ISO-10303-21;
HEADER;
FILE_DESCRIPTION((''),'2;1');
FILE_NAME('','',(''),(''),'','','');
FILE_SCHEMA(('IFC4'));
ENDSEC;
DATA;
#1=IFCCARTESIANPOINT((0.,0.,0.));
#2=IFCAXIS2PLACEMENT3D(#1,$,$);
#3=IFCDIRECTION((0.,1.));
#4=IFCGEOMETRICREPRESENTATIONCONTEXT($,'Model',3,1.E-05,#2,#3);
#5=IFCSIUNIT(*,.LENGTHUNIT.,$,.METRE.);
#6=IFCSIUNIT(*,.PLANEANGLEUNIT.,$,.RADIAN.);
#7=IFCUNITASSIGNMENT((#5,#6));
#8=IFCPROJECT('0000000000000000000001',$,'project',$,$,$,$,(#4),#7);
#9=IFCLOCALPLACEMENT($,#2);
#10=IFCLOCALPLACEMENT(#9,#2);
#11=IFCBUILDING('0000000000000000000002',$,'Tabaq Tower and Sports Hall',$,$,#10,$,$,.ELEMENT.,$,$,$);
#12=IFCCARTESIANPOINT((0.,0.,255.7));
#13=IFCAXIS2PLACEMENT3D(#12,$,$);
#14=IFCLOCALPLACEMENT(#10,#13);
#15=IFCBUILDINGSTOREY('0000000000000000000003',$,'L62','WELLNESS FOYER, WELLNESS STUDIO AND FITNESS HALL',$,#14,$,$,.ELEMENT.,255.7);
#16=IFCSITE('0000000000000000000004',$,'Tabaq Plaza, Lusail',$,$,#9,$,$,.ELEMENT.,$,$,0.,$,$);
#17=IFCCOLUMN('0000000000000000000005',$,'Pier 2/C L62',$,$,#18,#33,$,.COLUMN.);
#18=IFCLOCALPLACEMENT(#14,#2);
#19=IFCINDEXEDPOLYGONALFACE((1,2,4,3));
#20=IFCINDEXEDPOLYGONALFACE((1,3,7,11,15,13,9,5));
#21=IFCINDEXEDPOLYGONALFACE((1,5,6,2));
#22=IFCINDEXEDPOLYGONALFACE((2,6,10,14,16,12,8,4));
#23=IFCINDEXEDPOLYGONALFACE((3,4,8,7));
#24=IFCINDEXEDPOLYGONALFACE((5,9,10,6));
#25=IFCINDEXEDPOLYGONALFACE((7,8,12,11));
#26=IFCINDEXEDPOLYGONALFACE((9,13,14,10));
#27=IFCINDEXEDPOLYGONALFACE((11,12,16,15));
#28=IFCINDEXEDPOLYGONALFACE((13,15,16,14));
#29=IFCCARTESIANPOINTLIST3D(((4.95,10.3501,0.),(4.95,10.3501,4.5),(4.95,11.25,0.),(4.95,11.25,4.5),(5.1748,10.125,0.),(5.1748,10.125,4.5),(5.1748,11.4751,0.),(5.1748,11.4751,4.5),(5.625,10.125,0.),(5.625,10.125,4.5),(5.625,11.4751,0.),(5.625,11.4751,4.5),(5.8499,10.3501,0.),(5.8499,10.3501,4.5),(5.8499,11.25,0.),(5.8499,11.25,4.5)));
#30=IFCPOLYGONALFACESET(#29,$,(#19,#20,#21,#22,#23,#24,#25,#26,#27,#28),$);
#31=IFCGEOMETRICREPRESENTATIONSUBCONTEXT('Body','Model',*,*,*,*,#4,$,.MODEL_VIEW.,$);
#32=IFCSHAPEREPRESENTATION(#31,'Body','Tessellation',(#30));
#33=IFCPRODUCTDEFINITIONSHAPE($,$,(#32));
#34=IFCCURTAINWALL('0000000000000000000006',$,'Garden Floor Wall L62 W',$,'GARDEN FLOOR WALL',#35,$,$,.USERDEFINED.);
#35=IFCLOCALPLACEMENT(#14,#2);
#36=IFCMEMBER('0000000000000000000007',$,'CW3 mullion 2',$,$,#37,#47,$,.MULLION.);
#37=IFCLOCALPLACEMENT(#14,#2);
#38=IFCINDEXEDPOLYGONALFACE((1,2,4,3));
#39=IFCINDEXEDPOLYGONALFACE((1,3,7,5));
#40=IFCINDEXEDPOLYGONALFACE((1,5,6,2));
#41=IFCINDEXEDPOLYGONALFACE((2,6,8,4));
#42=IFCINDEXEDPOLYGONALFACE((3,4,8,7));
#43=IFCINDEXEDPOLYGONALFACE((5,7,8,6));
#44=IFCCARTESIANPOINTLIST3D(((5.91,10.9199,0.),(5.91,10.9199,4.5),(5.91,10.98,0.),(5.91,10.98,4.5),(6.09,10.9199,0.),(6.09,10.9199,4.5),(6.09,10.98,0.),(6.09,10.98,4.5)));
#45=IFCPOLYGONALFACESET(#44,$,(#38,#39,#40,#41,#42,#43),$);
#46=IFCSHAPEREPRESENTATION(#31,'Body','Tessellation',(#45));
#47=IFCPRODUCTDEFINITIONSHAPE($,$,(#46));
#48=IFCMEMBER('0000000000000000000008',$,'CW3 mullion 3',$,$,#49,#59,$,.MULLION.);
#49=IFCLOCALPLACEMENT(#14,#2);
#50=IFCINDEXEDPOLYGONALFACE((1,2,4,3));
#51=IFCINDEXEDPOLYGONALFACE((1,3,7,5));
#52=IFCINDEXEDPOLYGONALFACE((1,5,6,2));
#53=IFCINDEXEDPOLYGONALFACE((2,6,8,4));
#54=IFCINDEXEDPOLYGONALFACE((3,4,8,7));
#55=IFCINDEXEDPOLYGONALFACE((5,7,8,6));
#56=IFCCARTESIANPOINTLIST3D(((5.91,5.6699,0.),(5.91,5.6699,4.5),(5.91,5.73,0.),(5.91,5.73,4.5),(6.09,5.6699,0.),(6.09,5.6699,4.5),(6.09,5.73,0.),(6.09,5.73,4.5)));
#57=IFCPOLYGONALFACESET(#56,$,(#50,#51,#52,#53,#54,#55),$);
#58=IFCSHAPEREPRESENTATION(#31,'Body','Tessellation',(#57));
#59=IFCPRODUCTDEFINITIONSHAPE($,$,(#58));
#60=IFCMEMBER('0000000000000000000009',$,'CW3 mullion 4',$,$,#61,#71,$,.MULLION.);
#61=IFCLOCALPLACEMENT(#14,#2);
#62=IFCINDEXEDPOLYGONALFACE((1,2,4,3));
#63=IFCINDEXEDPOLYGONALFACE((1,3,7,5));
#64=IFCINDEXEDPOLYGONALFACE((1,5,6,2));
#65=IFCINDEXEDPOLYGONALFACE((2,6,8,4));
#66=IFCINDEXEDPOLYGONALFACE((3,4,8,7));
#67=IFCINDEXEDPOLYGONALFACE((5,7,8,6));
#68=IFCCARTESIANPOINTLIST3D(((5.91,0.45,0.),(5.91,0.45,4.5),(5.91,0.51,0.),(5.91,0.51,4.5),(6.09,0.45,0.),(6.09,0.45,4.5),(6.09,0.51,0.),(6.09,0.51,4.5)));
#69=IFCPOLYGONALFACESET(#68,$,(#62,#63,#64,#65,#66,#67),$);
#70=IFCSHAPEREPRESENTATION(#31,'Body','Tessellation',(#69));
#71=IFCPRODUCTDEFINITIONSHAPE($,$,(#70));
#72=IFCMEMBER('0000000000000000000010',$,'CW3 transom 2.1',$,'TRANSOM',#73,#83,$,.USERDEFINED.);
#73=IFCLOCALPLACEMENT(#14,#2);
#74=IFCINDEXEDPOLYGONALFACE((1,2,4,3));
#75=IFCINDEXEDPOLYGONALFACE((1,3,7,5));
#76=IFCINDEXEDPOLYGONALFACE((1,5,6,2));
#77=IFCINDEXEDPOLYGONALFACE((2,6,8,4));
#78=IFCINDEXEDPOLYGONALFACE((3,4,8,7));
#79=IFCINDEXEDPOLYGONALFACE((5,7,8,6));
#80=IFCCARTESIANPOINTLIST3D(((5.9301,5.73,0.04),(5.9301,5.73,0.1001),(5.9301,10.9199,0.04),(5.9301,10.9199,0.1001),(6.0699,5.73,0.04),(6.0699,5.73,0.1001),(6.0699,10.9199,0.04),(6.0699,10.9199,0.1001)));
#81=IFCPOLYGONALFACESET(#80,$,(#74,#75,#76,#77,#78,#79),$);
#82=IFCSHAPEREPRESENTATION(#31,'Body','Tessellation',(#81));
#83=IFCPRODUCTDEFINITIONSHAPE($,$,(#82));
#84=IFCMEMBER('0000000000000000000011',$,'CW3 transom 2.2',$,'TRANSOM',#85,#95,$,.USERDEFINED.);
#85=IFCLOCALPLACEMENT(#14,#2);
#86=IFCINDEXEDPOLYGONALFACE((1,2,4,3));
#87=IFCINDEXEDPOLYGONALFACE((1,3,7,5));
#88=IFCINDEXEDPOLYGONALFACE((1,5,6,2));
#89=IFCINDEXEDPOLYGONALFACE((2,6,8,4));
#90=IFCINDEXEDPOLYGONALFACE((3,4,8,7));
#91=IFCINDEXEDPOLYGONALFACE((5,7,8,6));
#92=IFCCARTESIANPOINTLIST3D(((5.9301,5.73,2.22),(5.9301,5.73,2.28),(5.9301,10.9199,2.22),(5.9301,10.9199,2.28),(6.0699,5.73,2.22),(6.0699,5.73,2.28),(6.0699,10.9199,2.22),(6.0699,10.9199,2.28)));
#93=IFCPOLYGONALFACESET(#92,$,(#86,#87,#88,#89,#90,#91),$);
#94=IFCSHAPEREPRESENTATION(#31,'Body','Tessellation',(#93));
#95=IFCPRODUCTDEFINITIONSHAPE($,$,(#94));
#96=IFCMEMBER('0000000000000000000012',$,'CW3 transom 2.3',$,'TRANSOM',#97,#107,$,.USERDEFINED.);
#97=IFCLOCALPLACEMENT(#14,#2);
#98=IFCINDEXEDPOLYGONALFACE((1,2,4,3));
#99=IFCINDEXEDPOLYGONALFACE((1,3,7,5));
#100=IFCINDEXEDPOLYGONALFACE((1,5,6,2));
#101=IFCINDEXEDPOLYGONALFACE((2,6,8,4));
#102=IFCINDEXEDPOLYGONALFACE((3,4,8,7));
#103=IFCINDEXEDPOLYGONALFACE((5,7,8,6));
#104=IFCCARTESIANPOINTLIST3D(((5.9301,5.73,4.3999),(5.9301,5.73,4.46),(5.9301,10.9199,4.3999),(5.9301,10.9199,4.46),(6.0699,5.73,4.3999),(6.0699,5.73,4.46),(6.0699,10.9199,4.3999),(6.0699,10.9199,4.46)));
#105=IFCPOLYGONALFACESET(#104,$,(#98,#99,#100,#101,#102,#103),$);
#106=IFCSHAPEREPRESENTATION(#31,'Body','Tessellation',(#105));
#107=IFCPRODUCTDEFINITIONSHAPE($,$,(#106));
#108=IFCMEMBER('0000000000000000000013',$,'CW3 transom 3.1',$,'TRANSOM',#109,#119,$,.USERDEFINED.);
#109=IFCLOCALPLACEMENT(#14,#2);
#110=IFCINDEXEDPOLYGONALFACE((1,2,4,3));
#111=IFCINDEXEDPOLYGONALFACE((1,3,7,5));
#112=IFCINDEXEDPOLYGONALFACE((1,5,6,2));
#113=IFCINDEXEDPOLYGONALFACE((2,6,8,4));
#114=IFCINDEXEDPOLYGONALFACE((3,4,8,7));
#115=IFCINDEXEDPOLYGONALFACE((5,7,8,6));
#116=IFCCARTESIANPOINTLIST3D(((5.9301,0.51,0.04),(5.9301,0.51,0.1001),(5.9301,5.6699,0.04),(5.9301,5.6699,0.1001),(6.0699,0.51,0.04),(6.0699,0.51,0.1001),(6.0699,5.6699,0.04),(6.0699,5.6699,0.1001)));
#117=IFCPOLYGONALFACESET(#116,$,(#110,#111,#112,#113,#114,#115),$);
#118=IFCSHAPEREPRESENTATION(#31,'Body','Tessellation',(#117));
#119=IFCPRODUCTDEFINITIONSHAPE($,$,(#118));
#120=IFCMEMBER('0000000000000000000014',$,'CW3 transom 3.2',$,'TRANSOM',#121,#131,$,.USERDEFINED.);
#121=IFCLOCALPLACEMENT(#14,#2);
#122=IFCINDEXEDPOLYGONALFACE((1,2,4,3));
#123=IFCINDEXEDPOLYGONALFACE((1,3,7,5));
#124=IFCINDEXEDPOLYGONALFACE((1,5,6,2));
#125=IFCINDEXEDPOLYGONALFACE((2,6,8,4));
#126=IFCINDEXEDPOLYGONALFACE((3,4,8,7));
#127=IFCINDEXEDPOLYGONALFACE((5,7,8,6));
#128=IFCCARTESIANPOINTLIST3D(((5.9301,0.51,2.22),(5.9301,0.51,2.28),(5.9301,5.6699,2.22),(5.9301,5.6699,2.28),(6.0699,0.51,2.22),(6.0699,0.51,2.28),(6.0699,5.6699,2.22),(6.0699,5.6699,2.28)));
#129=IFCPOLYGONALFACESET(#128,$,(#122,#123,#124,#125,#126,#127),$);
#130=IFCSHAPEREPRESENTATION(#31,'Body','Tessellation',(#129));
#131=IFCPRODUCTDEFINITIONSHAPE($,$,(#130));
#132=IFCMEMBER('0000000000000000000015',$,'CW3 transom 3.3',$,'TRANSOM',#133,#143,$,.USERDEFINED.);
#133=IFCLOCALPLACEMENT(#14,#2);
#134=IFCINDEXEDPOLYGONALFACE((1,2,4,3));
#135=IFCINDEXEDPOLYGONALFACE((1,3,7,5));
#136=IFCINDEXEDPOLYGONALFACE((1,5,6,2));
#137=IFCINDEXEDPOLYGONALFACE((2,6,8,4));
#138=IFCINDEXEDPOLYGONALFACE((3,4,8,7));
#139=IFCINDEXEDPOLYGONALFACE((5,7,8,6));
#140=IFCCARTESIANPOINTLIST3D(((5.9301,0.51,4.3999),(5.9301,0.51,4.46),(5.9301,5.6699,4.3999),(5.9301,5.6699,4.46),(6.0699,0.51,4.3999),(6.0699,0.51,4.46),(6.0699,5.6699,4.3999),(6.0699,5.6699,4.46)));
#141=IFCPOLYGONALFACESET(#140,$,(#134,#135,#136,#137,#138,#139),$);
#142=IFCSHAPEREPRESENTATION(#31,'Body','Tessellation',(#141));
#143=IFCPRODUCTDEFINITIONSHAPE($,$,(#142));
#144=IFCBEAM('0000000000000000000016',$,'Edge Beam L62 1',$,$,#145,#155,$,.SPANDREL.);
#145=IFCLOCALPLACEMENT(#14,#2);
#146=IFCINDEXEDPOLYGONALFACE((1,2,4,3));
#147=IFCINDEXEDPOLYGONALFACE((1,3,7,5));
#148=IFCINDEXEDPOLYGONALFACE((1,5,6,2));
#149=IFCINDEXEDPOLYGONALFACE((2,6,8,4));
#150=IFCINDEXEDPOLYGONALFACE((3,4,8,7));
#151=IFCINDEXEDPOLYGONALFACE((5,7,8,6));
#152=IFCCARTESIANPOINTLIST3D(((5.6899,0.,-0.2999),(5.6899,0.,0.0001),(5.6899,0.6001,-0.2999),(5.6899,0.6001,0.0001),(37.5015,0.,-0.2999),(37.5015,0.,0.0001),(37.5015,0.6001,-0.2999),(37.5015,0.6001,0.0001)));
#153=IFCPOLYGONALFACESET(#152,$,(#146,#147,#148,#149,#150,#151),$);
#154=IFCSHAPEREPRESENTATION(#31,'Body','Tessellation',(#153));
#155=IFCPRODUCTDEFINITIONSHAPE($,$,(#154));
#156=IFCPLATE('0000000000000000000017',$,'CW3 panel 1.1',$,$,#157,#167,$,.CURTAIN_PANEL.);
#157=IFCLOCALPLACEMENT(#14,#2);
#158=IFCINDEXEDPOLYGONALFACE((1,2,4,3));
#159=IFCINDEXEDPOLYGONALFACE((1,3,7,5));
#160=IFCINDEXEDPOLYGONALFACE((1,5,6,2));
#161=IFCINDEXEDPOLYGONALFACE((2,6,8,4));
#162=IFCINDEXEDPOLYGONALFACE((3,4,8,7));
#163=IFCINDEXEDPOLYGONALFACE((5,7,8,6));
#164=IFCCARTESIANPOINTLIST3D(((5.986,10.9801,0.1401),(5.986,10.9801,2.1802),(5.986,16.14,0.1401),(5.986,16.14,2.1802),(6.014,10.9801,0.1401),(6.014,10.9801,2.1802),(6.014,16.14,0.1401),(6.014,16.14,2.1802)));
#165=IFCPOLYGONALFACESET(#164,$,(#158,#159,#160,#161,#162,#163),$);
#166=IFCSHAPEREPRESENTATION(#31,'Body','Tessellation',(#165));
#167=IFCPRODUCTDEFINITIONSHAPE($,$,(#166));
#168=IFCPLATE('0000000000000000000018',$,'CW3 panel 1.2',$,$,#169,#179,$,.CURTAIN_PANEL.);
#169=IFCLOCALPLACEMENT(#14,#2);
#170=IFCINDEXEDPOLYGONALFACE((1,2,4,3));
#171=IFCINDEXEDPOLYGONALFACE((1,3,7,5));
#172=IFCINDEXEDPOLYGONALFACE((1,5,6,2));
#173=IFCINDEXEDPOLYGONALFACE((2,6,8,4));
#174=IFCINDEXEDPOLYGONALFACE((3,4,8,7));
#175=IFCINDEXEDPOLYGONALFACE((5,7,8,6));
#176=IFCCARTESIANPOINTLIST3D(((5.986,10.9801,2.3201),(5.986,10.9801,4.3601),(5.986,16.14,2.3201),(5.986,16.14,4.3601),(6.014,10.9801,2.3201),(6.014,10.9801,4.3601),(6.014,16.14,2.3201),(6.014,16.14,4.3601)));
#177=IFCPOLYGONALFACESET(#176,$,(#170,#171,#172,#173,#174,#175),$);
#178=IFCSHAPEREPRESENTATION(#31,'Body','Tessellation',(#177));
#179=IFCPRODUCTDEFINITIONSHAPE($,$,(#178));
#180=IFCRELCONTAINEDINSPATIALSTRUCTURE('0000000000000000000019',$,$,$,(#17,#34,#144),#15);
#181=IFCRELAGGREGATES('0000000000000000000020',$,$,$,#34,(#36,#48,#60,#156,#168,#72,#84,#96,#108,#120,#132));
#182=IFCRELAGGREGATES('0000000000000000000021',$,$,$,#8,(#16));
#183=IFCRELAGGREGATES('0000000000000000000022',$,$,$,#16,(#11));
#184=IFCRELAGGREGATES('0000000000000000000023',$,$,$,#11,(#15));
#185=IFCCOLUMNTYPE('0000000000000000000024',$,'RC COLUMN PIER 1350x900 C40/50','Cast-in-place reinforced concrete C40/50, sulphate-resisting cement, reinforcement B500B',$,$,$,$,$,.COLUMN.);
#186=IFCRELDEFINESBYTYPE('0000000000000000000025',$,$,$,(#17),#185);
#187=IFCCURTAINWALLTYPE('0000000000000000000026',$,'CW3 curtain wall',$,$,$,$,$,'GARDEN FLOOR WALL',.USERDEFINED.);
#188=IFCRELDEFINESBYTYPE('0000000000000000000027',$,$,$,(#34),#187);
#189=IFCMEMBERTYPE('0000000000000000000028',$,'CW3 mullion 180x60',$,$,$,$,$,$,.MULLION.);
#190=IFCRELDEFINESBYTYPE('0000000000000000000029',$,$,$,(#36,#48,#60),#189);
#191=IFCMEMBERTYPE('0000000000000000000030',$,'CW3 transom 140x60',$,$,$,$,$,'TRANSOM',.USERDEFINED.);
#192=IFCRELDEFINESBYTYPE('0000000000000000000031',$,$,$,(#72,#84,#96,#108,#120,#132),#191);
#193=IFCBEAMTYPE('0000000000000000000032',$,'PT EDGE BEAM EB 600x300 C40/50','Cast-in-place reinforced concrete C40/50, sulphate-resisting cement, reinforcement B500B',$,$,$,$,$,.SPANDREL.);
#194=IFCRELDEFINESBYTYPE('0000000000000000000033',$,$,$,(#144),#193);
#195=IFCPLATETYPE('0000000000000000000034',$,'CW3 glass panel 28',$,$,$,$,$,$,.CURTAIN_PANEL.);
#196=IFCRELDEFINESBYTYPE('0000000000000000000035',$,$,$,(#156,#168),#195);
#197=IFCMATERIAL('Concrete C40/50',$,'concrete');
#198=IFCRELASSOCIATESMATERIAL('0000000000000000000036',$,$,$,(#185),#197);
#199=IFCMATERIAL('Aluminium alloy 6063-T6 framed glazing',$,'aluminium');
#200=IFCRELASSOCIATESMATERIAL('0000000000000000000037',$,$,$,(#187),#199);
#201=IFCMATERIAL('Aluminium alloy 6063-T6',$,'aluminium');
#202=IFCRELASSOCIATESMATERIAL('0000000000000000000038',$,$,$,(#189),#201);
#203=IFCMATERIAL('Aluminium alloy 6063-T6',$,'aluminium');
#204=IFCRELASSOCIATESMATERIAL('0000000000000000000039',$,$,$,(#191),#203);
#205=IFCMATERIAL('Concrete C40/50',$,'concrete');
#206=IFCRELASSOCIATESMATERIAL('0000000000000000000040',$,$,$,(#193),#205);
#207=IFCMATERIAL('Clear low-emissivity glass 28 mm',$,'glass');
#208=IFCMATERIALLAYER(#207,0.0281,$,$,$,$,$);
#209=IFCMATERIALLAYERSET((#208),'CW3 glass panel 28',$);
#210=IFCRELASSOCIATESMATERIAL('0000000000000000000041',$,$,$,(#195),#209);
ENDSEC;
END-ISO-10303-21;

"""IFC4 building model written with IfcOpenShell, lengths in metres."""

from ifc_helpers import new_model, si_unit, direction, frame, origin, origin_2d, place, context, subcontext, project, spatial, polyline, rectangle, outline, extrude, material, layer, layer_set, material_profile, profile_set, type_object, element, aggregate, save


model = new_model("IFC4")

# Units and contexts
model_context = context("Model", 3, precision=1e-05, world=origin(), true_north=direction((0.0, 1.0)))
body_context = subcontext(model_context, "Body", "Model", "MODEL_VIEW")
ifc_project = project(units=[si_unit("LENGTHUNIT", "METRE"), si_unit("PLANEANGLEUNIT", "RADIAN")], contexts=[model_context])

# Site, building, storey
site_placement = place(None, origin())
site = spatial("IfcSite", under=ifc_project, at=site_placement, Name="Tabaq Plaza, Lusail", CompositionType="ELEMENT", RefElevation=0.0)
building_placement = place(site_placement, origin())
building = spatial("IfcBuilding", under=site, at=building_placement, Name="Tabaq Tower and Sports Hall", CompositionType="ELEMENT")
storey_placement = place(building_placement, frame((0.0, 0.0, 255.7)))
storey = spatial("IfcBuildingStorey", under=building, at=storey_placement, Name="L62", Description="WELLNESS FOYER, WELLNESS STUDIO AND FITNESS HALL", CompositionType="ELEMENT", Elevation=255.7)

# Column
ifc_material_1 = material(Name="Concrete C40/50", Category="concrete")
ifc_material_profile_1 = material_profile(ifc_material_1, outline(polyline([(-0.45, -0.45), (0.45, -0.45), (0.675, -0.2251), (0.675, 0.2251), (0.45, 0.45), (-0.45, 0.45), (-0.675, 0.2251), (-0.675, -0.2251), (-0.45, -0.45)])), Name="PIER 1350x900")
ifc_profile_set_1 = profile_set([ifc_material_profile_1], Name="Concrete C40/50")
column_type = type_object("IfcColumnType", Name="RC COLUMN PIER 1350x900 C40/50", Description="Cast-in-place reinforced concrete C40/50, sulphate-resisting cement, reinforcement B500B", PredefinedType="COLUMN", material=ifc_profile_set_1)
column_placement = place(storey_placement, frame((5.3999, 10.8, 0.0), z_axis=(0.0, 0.0, 1.0), x_axis=(0.0, 1.0, 0.0)))
element("IfcColumn", 1, at=column_placement, inside=storey, type_object=column_type, Name="Pier 2/C L62", PredefinedType="COLUMN", context=body_context, shape_type="SweptSolid", body=[
    extrude(outline(polyline([(-0.45, -0.45), (0.45, -0.45), (0.675, -0.2251), (0.675, 0.2251), (0.45, 0.45), (-0.45, 0.45), (-0.675, 0.2251), (-0.675, -0.2251), (-0.45, -0.45)])), origin(), (0.0, 0.0, 1.0), 4.5),
])

# Curtain wall, members
ifc_material_2 = material(Name="Aluminium alloy 6063-T6 framed glazing", Category="aluminium")
curtain_wall_type = type_object("IfcCurtainWallType", Name="CW3 curtain wall", ElementType="GARDEN FLOOR WALL", PredefinedType="USERDEFINED", material=ifc_material_2)
curtain_wall_placement = place(storey_placement, origin())
curtain_wall = element("IfcCurtainWall", 2, at=curtain_wall_placement, inside=storey, type_object=curtain_wall_type, Name="Garden Floor Wall L62 W", ObjectType="GARDEN FLOOR WALL", PredefinedType="USERDEFINED")
ifc_material_3 = material(Name="Aluminium alloy 6063-T6", Category="aluminium")
ifc_material_profile_2 = material_profile(ifc_material_3, rectangle(XDim=0.1799, YDim=0.0601, at=origin_2d()), Name="MULLION 180x60")
ifc_profile_set_2 = profile_set([ifc_material_profile_2], Name="Aluminium alloy 6063-T6")
member_type_1 = type_object("IfcMemberType", Name="CW3 mullion 180x60", PredefinedType="MULLION", material=ifc_profile_set_2)
member_1_placement = place(storey_placement, frame((6.0, 10.95, 0.0), z_axis=(0.0, 0.0, 1.0), x_axis=(1.0, 0.0, 0.0)))
member_1 = element("IfcMember", 3, at=member_1_placement, type_object=member_type_1, Name="CW3 mullion 2", PredefinedType="MULLION", context=body_context, shape_type="SweptSolid", body=[
    extrude(rectangle(XDim=0.1799, YDim=0.0601, at=origin_2d()), origin(), (0.0, 0.0, 1.0), 4.5),
])
member_2_placement = place(storey_placement, frame((6.0, 5.7, 0.0), z_axis=(0.0, 0.0, 1.0), x_axis=(1.0, 0.0, 0.0)))
member_2 = element("IfcMember", 4, at=member_2_placement, type_object=member_type_1, Name="CW3 mullion 3", PredefinedType="MULLION", context=body_context, shape_type="SweptSolid", body=[
    extrude(rectangle(XDim=0.1799, YDim=0.0601, at=origin_2d()), origin(), (0.0, 0.0, 1.0), 4.5),
])
member_3_placement = place(storey_placement, frame((6.0, 0.48, 0.0), z_axis=(0.0, 0.0, 1.0), x_axis=(1.0, 0.0, 0.0)))
member_3 = element("IfcMember", 5, at=member_3_placement, type_object=member_type_1, Name="CW3 mullion 4", PredefinedType="MULLION", context=body_context, shape_type="SweptSolid", body=[
    extrude(rectangle(XDim=0.1799, YDim=0.0601, at=origin_2d()), origin(), (0.0, 0.0, 1.0), 4.5),
])
ifc_material_4 = material(Name="Aluminium alloy 6063-T6", Category="aluminium")
ifc_material_profile_3 = material_profile(ifc_material_4, rectangle(XDim=0.1399, YDim=0.0601, at=origin_2d()), Name="TRANSOM 140x60")
ifc_profile_set_3 = profile_set([ifc_material_profile_3], Name="Aluminium alloy 6063-T6")
member_type_2 = type_object("IfcMemberType", Name="CW3 transom 140x60", ElementType="TRANSOM", PredefinedType="USERDEFINED", material=ifc_profile_set_3)
member_4_placement = place(storey_placement, frame((6.0, 10.9199, 0.0701), z_axis=(0.0, -1.0, 0.0), x_axis=(1.0, 0.0, 0.0)))
member_4 = element("IfcMember", 6, at=member_4_placement, type_object=member_type_2, Name="CW3 transom 2.1", ObjectType="TRANSOM", PredefinedType="USERDEFINED", context=body_context, shape_type="SweptSolid", body=[
    extrude(rectangle(XDim=0.1399, YDim=0.0601, at=origin_2d()), origin(), (0.0, 0.0, 1.0), 5.1899),
])
member_5_placement = place(storey_placement, frame((6.0, 10.9199, 2.25), z_axis=(0.0, -1.0, 0.0), x_axis=(1.0, 0.0, 0.0)))
member_5 = element("IfcMember", 7, at=member_5_placement, type_object=member_type_2, Name="CW3 transom 2.2", ObjectType="TRANSOM", PredefinedType="USERDEFINED", context=body_context, shape_type="SweptSolid", body=[
    extrude(rectangle(XDim=0.1399, YDim=0.0601, at=origin_2d()), origin(), (0.0, 0.0, 1.0), 5.1899),
])
member_6_placement = place(storey_placement, frame((6.0, 10.9199, 4.4299), z_axis=(0.0, -1.0, 0.0), x_axis=(1.0, 0.0, 0.0)))
member_6 = element("IfcMember", 8, at=member_6_placement, type_object=member_type_2, Name="CW3 transom 2.3", ObjectType="TRANSOM", PredefinedType="USERDEFINED", context=body_context, shape_type="SweptSolid", body=[
    extrude(rectangle(XDim=0.1399, YDim=0.0601, at=origin_2d()), origin(), (0.0, 0.0, 1.0), 5.1899),
])
member_7_placement = place(storey_placement, frame((6.0, 5.6699, 0.0701), z_axis=(0.0, -1.0, 0.0), x_axis=(1.0, 0.0, 0.0)))
member_7 = element("IfcMember", 9, at=member_7_placement, type_object=member_type_2, Name="CW3 transom 3.1", ObjectType="TRANSOM", PredefinedType="USERDEFINED", context=body_context, shape_type="SweptSolid", body=[
    extrude(rectangle(XDim=0.1399, YDim=0.0601, at=origin_2d()), origin(), (0.0, 0.0, 1.0), 5.1599),
])
member_8_placement = place(storey_placement, frame((6.0, 5.6699, 2.25), z_axis=(0.0, -1.0, 0.0), x_axis=(1.0, 0.0, 0.0)))
member_8 = element("IfcMember", 10, at=member_8_placement, type_object=member_type_2, Name="CW3 transom 3.2", ObjectType="TRANSOM", PredefinedType="USERDEFINED", context=body_context, shape_type="SweptSolid", body=[
    extrude(rectangle(XDim=0.1399, YDim=0.0601, at=origin_2d()), origin(), (0.0, 0.0, 1.0), 5.1599),
])
member_9_placement = place(storey_placement, frame((6.0, 5.6699, 4.4299), z_axis=(0.0, -1.0, 0.0), x_axis=(1.0, 0.0, 0.0)))
member_9 = element("IfcMember", 11, at=member_9_placement, type_object=member_type_2, Name="CW3 transom 3.3", ObjectType="TRANSOM", PredefinedType="USERDEFINED", context=body_context, shape_type="SweptSolid", body=[
    extrude(rectangle(XDim=0.1399, YDim=0.0601, at=origin_2d()), origin(), (0.0, 0.0, 1.0), 5.1599),
])

# Beam
ifc_material_5 = material(Name="Concrete C40/50", Category="concrete")
ifc_material_profile_4 = material_profile(ifc_material_5, rectangle(XDim=0.6001, YDim=0.3, at=origin_2d()), Name="EB 600x300")
ifc_profile_set_4 = profile_set([ifc_material_profile_4], Name="Concrete C40/50")
beam_type = type_object("IfcBeamType", Name="PT EDGE BEAM EB 600x300 C40/50", Description="Cast-in-place reinforced concrete C40/50, sulphate-resisting cement, reinforcement B500B", PredefinedType="SPANDREL", material=ifc_profile_set_4)
beam_placement = place(storey_placement, frame((5.6899, 0.3, -0.1499), z_axis=(1.0, 0.0, 0.0), x_axis=(0.0, 1.0, 0.0)))
element("IfcBeam", 12, at=beam_placement, inside=storey, type_object=beam_type, Name="Edge Beam L62 1", PredefinedType="SPANDREL", context=body_context, shape_type="SweptSolid", body=[
    extrude(rectangle(XDim=0.6001, YDim=0.3, at=origin_2d()), origin(), (0.0, 0.0, 1.0), 31.8115),
])

# Plates
ifc_material_6 = material(Name="Clear low-emissivity glass 28 mm", Category="glass")
ifc_layer_1 = layer(ifc_material_6, 0.0281)
ifc_layer_set_1 = layer_set([ifc_layer_1], Name="CW3 glass panel 28")
plate_type_1 = type_object("IfcPlateType", Name="CW3 glass panel 28", PredefinedType="CURTAIN_PANEL", material=ifc_layer_set_1)
plate_1_placement = place(storey_placement, frame((6.0, 13.5601, 0.1401), z_axis=(0.0, 0.0, 1.0), x_axis=(0.0, -1.0, 0.0)))
plate_1 = element("IfcPlate", 13, at=plate_1_placement, type_object=plate_type_1, Name="CW3 panel 1.1", PredefinedType="CURTAIN_PANEL", context=body_context, shape_type="SweptSolid", body=[
    extrude(rectangle(XDim=5.1599, YDim=0.0281, at=origin_2d()), origin(), (0.0, 0.0, 1.0), 2.04),
])
plate_2_placement = place(storey_placement, frame((6.0, 13.5601, 2.3201), z_axis=(0.0, 0.0, 1.0), x_axis=(0.0, -1.0, 0.0)))
plate_2 = element("IfcPlate", 14, at=plate_2_placement, type_object=plate_type_1, Name="CW3 panel 1.2", PredefinedType="CURTAIN_PANEL", context=body_context, shape_type="SweptSolid", body=[
    extrude(rectangle(XDim=5.1599, YDim=0.0281, at=origin_2d()), origin(), (0.0, 0.0, 1.0), 2.04),
])
aggregate(curtain_wall, [member_1, member_2, member_3, plate_1, plate_2, member_4, member_5, member_6, member_7, member_8, member_9])

save(model, "model.ifc")
